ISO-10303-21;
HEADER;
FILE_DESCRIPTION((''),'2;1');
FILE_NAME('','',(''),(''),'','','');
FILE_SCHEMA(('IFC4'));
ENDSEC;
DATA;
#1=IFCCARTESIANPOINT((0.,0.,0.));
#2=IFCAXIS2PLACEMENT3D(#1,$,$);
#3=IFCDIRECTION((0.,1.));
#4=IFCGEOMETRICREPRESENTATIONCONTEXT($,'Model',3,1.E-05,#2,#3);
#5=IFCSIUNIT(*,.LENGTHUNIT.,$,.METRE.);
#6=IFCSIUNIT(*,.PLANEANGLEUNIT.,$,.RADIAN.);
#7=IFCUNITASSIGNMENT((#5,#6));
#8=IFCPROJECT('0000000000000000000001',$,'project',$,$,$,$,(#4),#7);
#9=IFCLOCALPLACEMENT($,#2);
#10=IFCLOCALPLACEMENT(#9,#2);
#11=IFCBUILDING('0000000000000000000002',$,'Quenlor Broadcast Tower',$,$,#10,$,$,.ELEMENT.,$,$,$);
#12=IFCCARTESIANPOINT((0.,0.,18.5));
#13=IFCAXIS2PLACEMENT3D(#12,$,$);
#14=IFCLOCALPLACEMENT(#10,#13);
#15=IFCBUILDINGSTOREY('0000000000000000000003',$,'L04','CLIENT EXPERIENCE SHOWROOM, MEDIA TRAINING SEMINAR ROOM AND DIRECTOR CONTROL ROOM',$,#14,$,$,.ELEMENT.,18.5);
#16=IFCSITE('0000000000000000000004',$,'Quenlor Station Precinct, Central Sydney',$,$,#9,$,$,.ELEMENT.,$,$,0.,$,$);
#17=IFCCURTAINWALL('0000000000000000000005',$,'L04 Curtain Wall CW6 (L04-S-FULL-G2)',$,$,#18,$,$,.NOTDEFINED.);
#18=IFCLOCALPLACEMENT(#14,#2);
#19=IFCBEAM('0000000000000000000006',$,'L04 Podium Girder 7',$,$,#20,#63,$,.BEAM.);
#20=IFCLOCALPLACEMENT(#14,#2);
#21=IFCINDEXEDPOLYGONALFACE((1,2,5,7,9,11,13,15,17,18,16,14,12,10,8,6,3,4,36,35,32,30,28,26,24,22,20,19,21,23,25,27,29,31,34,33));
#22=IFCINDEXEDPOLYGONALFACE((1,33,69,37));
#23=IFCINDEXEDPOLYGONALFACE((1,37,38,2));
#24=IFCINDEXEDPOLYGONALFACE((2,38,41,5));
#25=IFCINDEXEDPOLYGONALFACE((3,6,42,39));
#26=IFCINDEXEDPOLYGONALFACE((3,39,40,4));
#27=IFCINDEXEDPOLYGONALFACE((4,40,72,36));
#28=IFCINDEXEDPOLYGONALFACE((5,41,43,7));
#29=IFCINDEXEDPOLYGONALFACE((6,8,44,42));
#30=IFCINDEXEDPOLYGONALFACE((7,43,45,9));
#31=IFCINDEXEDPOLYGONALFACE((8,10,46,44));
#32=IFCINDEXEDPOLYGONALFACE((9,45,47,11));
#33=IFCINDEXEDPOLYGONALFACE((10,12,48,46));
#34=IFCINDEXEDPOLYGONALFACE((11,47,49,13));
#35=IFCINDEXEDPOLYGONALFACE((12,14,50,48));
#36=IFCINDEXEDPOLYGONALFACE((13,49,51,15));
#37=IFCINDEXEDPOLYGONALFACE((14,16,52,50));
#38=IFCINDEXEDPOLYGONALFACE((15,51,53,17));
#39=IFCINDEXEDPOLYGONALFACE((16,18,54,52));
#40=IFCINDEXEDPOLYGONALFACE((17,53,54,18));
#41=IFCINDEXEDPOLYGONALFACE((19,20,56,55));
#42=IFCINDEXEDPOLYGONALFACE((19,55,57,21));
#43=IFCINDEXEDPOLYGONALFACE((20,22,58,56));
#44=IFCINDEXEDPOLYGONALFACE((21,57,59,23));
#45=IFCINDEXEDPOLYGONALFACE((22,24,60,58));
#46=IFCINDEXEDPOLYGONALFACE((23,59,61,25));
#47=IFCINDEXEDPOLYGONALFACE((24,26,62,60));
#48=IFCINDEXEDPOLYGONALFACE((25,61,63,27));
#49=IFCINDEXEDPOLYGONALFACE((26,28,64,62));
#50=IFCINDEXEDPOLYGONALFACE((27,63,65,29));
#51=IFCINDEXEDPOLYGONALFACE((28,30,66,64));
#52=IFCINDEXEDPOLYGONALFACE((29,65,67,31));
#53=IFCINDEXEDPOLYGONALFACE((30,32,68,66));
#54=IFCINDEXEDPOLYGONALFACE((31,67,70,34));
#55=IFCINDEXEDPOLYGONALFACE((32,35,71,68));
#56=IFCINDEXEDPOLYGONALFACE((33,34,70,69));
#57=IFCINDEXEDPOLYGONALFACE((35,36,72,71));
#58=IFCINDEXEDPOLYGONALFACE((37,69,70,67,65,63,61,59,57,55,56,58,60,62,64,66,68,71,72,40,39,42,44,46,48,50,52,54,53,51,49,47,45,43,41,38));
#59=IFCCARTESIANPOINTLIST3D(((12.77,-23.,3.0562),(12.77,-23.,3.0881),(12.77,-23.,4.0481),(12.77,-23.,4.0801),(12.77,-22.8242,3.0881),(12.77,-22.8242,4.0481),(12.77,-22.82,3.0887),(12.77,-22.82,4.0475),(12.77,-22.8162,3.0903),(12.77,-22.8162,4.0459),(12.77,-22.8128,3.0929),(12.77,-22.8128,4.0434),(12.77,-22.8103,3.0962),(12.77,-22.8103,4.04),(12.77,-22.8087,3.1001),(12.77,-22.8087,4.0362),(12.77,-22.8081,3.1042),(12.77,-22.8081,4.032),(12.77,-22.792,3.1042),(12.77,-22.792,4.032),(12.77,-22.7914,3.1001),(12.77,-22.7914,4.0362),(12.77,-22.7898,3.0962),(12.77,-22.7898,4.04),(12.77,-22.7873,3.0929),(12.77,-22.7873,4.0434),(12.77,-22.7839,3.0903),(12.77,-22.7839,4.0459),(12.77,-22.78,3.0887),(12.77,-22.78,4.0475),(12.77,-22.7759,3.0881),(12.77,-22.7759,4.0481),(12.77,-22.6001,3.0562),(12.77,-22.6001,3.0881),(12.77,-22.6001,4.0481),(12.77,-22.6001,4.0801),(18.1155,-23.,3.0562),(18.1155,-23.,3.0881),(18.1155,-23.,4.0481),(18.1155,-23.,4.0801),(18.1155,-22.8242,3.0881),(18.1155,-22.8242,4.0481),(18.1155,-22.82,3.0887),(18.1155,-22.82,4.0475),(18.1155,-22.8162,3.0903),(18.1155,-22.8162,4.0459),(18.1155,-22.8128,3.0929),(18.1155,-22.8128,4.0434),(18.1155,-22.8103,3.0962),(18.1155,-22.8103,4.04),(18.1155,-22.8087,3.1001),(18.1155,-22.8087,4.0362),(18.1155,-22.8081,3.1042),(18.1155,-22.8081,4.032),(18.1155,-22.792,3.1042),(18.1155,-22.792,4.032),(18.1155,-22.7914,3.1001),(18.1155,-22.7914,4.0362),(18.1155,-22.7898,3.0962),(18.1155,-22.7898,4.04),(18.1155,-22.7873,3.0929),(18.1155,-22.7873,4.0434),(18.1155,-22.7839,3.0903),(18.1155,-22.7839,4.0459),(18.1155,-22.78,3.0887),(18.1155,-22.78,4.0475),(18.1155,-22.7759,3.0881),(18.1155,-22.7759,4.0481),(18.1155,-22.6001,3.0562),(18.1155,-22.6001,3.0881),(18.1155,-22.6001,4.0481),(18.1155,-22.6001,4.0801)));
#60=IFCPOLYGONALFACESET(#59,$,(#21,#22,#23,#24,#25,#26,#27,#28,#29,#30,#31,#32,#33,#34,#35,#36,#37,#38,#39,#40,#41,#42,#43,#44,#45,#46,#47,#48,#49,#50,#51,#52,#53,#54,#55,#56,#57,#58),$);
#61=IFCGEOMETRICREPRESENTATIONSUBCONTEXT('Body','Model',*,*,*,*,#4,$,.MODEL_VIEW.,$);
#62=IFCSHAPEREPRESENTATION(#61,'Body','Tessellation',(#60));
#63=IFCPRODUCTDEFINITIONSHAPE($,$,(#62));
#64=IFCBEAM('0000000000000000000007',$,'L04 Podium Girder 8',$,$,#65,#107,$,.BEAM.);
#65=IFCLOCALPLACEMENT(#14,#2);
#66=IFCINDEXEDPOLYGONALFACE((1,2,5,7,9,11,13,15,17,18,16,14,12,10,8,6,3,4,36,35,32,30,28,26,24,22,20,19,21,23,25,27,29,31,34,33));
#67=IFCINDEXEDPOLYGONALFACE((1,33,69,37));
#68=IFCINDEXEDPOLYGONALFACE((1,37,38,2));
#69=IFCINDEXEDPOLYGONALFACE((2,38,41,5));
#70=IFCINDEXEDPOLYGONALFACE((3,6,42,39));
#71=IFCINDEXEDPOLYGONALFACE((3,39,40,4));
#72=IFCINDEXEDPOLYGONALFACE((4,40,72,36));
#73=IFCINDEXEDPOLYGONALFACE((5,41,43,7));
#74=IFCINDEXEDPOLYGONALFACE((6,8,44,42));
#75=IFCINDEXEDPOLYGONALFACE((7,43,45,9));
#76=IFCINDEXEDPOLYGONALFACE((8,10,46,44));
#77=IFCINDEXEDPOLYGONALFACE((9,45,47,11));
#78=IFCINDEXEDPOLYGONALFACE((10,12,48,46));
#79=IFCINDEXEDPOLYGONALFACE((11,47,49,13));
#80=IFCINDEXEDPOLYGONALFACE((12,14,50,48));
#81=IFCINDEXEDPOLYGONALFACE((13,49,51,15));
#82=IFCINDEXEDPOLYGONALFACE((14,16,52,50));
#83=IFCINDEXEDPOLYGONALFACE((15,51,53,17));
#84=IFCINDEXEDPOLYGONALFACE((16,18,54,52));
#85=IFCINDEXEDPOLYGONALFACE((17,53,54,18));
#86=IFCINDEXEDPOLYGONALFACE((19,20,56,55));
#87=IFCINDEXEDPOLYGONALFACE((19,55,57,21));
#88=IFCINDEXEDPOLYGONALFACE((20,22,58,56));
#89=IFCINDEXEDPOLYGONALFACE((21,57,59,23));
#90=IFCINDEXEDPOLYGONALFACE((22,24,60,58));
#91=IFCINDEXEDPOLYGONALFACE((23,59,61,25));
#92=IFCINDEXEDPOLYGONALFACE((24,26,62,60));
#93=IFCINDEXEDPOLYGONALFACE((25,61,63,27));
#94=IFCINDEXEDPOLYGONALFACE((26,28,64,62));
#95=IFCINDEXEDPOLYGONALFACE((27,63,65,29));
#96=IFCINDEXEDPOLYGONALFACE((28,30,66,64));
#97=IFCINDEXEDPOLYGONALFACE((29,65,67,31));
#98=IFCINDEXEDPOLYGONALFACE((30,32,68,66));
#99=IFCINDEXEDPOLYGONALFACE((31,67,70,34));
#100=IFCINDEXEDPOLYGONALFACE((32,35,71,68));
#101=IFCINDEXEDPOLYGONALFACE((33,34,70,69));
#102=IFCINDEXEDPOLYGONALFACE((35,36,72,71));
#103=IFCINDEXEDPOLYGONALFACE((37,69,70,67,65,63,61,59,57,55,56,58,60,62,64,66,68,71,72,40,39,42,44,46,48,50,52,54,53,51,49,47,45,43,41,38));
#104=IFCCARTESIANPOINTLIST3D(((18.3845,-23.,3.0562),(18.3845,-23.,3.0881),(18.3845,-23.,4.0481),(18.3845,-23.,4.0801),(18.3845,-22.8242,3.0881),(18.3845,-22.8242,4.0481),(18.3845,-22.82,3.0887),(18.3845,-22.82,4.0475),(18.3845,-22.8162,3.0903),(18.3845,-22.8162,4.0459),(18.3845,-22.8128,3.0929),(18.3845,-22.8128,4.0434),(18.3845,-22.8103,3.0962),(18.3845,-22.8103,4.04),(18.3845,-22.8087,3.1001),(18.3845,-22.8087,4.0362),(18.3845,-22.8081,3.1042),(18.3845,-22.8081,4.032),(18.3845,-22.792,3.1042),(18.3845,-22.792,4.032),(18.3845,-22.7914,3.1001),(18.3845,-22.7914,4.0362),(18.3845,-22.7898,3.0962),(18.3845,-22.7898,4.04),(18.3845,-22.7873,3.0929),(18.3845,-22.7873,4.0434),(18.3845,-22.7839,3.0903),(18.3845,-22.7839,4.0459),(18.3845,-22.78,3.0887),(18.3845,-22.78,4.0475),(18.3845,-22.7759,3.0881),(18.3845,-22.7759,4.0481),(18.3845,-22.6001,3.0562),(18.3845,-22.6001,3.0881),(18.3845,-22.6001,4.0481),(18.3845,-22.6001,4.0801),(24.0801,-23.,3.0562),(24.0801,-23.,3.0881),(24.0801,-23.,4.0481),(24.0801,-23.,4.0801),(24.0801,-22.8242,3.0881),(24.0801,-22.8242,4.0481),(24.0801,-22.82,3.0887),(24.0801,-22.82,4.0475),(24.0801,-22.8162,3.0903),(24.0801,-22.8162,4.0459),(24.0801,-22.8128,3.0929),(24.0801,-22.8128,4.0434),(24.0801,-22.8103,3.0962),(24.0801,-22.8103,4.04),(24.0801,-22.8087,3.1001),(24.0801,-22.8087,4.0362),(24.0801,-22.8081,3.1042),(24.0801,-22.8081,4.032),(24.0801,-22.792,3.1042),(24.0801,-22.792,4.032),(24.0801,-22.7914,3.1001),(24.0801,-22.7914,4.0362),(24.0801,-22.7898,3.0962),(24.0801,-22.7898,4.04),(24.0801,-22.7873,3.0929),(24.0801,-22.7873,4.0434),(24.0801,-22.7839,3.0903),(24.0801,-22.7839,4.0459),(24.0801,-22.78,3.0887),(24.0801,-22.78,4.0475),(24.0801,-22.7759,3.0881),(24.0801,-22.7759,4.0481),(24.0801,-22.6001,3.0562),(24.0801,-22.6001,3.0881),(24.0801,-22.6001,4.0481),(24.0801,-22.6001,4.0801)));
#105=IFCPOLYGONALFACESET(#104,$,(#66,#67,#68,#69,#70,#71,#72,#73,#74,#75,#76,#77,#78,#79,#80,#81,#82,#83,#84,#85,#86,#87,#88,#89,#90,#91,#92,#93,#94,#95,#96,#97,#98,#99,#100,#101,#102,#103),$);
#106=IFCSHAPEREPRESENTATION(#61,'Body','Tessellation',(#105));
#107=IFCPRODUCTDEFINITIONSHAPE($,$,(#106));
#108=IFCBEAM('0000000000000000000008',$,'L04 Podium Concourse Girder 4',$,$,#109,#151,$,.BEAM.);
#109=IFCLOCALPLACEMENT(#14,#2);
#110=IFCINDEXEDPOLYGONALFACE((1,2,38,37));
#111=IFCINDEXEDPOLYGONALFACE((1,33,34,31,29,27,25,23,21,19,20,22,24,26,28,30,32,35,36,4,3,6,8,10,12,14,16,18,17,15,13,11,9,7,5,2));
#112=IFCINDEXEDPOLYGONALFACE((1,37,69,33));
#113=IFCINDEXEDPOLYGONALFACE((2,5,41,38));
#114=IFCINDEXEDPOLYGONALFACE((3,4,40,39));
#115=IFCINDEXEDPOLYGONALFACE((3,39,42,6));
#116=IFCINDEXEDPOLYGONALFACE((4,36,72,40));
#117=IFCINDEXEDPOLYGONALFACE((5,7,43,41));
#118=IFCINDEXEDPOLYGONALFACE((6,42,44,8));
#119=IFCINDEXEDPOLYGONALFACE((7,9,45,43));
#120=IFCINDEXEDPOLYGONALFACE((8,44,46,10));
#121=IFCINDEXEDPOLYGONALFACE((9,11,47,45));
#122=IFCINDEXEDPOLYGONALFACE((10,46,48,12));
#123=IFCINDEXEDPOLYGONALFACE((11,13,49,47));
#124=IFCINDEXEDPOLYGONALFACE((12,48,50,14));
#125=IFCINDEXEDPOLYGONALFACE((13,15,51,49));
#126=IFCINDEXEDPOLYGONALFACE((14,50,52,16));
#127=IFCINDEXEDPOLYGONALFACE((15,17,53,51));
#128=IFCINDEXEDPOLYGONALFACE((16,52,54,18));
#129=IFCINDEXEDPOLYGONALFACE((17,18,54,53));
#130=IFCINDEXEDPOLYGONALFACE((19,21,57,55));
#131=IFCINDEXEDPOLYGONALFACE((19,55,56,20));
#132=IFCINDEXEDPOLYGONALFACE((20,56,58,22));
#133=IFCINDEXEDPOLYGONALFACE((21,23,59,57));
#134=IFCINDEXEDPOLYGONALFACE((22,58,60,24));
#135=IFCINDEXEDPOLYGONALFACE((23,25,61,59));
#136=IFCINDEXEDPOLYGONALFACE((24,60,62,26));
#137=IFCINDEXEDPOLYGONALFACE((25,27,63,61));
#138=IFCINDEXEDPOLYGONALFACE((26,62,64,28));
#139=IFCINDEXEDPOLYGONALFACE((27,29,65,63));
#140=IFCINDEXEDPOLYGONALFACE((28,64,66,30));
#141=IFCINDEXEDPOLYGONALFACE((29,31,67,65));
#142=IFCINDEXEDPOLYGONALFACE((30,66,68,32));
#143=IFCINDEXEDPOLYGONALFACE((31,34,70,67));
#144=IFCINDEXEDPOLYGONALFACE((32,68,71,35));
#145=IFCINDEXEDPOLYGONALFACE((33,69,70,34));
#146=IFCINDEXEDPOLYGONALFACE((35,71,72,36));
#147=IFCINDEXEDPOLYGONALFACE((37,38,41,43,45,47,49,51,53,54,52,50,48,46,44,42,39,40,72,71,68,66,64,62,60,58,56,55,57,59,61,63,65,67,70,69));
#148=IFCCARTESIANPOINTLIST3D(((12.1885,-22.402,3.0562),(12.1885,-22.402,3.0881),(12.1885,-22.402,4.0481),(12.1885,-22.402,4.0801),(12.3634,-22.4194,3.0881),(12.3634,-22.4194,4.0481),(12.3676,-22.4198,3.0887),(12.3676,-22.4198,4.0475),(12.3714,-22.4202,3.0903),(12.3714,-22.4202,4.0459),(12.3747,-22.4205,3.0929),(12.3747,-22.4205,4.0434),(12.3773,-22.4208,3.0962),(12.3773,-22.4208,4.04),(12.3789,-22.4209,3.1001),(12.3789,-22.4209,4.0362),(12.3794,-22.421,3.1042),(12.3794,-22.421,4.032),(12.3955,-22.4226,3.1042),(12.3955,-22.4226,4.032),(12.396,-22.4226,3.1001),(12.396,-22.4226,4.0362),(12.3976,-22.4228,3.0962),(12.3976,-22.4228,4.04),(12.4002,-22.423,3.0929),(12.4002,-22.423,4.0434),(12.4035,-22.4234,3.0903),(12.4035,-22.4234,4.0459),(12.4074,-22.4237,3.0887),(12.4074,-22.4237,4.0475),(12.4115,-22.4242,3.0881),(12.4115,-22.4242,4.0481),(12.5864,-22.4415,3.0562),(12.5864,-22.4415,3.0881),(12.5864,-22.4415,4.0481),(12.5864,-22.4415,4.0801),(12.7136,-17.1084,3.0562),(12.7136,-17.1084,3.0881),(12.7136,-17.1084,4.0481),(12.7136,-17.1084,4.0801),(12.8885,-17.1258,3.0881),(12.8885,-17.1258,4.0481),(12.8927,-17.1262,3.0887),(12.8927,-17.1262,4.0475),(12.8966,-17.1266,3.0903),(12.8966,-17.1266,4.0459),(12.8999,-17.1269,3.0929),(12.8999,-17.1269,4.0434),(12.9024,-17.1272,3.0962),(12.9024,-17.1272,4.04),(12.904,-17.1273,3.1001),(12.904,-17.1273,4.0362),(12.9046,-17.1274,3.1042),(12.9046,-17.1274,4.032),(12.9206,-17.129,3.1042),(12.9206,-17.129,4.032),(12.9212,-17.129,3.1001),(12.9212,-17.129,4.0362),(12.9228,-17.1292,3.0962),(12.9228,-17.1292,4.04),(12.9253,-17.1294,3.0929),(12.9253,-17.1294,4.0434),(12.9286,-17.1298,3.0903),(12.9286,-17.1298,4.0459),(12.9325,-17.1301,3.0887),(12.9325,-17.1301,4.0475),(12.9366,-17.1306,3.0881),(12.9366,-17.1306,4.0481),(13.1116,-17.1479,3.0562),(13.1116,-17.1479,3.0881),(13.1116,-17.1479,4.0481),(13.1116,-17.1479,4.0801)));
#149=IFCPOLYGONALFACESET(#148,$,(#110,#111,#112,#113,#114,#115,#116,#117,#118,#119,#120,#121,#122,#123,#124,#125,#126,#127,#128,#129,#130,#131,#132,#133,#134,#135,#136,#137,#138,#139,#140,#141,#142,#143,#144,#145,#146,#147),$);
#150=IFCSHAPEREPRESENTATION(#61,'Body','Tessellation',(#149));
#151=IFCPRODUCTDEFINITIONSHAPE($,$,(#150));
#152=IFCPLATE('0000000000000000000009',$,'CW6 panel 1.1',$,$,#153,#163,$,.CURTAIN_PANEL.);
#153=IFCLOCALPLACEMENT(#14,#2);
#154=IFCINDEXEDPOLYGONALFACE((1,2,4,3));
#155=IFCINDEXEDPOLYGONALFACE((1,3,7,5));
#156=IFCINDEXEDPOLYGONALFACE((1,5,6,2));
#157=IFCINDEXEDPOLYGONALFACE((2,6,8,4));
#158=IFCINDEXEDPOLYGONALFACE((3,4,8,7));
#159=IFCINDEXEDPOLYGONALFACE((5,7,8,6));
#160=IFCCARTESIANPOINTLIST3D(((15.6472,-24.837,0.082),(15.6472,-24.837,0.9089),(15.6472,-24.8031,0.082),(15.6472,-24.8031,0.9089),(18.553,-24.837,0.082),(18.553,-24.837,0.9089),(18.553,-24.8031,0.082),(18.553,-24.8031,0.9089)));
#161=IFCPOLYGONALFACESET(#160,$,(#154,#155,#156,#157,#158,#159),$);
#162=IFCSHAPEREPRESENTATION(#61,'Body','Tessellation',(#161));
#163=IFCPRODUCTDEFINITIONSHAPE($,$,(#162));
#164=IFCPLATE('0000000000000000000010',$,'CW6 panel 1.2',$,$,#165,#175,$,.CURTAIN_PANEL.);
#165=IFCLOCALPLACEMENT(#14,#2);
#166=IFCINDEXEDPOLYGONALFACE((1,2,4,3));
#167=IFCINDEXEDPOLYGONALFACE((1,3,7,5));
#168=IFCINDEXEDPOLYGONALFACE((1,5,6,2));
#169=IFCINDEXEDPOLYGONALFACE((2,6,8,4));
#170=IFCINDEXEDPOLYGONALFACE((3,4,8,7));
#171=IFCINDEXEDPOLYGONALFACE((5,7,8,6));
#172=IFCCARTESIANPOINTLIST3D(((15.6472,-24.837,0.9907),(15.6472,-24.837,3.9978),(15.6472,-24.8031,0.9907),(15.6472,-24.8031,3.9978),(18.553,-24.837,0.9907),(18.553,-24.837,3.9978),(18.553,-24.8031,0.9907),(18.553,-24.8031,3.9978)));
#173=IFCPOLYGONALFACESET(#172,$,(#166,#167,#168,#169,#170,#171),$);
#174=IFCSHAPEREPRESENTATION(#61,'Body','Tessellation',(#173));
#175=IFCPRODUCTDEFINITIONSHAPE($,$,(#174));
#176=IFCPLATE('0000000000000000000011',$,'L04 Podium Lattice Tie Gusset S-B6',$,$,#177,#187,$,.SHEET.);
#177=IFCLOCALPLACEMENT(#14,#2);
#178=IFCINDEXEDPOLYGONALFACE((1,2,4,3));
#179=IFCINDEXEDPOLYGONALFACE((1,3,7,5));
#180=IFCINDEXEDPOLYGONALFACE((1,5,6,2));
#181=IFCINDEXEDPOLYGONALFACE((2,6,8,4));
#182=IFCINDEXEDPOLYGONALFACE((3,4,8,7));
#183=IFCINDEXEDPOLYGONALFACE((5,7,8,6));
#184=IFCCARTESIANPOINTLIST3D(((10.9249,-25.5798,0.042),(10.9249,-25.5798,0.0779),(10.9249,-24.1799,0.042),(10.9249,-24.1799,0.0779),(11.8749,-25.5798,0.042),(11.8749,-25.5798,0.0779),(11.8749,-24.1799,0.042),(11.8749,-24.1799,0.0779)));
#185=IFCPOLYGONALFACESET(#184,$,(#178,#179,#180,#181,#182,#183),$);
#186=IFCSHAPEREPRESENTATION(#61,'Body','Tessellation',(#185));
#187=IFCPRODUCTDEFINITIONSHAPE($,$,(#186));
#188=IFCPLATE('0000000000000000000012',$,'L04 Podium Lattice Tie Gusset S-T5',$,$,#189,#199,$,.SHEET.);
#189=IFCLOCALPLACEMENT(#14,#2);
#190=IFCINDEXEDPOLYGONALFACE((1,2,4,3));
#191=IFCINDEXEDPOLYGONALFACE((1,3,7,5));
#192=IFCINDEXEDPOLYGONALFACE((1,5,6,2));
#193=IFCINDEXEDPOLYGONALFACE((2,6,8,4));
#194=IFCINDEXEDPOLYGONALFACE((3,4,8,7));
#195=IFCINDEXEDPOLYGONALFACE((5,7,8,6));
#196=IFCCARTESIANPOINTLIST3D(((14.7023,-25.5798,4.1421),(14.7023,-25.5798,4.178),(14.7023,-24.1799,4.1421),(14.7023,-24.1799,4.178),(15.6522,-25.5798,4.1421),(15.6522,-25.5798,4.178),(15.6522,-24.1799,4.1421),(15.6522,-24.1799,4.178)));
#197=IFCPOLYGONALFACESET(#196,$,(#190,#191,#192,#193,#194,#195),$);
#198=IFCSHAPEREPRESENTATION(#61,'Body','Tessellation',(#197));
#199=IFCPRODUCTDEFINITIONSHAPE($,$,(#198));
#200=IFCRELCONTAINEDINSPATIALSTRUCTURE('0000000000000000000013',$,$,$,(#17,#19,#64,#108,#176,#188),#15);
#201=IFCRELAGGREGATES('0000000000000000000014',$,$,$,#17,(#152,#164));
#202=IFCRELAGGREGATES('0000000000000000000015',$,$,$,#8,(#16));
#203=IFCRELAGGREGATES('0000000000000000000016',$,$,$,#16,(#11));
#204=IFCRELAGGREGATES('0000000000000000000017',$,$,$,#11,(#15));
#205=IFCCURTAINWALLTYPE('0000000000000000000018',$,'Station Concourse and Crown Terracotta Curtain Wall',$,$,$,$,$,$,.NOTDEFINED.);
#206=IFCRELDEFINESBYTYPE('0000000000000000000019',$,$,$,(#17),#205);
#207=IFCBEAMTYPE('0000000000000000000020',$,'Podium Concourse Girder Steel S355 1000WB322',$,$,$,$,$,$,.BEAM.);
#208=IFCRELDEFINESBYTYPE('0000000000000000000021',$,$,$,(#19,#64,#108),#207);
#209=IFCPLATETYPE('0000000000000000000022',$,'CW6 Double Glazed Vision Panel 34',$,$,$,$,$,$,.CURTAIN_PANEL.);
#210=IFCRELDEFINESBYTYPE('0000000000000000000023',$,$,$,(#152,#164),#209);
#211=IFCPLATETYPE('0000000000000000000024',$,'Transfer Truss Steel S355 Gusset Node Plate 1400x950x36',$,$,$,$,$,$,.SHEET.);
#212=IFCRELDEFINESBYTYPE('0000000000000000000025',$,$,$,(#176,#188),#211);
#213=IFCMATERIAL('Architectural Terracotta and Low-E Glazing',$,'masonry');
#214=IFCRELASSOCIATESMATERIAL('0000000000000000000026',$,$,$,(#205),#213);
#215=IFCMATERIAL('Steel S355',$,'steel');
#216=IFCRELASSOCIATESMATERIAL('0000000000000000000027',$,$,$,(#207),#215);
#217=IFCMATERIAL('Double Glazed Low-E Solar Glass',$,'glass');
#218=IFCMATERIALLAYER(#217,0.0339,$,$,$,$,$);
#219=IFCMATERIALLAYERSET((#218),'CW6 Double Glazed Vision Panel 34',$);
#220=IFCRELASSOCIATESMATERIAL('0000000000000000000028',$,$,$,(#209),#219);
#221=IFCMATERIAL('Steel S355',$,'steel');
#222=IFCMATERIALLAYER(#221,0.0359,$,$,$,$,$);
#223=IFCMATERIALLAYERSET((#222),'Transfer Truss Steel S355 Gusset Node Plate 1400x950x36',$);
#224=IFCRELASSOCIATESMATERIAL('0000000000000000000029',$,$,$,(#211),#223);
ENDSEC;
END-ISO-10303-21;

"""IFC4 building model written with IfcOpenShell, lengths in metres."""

from ifc_helpers import new_model, si_unit, direction, frame, origin, origin_2d, place, context, subcontext, project, spatial, rectangle, i_section, extrude, material, layer, layer_set, material_profile, profile_set, type_object, element, aggregate, save


model = new_model("IFC4")

# Units and contexts
model_context = context("Model", 3, precision=1e-05, world=origin(), true_north=direction((0.0, 1.0)))
body_context = subcontext(model_context, "Body", "Model", "MODEL_VIEW")
ifc_project = project(units=[si_unit("LENGTHUNIT", "METRE"), si_unit("PLANEANGLEUNIT", "RADIAN")], contexts=[model_context])

# Site, building, storey
site_placement = place(None, origin())
site = spatial("IfcSite", under=ifc_project, at=site_placement, Name="Quenlor Station Precinct, Central Sydney", CompositionType="ELEMENT", RefElevation=0.0)
building_placement = place(site_placement, origin())
building = spatial("IfcBuilding", under=site, at=building_placement, Name="Quenlor Broadcast Tower", CompositionType="ELEMENT")
storey_placement = place(building_placement, frame((0.0, 0.0, 18.5)))
storey = spatial("IfcBuildingStorey", under=building, at=storey_placement, Name="L04", Description="CLIENT EXPERIENCE SHOWROOM, MEDIA TRAINING SEMINAR ROOM AND DIRECTOR CONTROL ROOM", CompositionType="ELEMENT", Elevation=18.5)

# Curtain wall
ifc_material_1 = material(Name="Architectural Terracotta and Low-E Glazing", Category="masonry")
curtain_wall_type = type_object("IfcCurtainWallType", Name="Station Concourse and Crown Terracotta Curtain Wall", PredefinedType="NOTDEFINED", material=ifc_material_1)
curtain_wall_placement = place(storey_placement, origin())
curtain_wall = element("IfcCurtainWall", 1, at=curtain_wall_placement, inside=storey, type_object=curtain_wall_type, Name="L04 Curtain Wall CW6 (L04-S-FULL-G2)", PredefinedType="NOTDEFINED")

# Beams
ifc_material_2 = material(Name="Steel S355", Category="steel")
ifc_material_profile_1 = material_profile(ifc_material_2, i_section(OverallWidth=0.3999, OverallDepth=1.0239, WebThickness=0.0161, FlangeThickness=0.032, FilletRadius=0.0161, at=origin_2d()))
ifc_profile_set_1 = profile_set([ifc_material_profile_1], Name="Steel S355 1000WB322")
beam_type = type_object("IfcBeamType", Name="Podium Concourse Girder Steel S355 1000WB322", PredefinedType="BEAM", material=ifc_profile_set_1)
beam_1_placement = place(storey_placement, frame((12.77, -22.8, 3.5681), z_axis=(1.0, 0.0, 0.0), x_axis=(0.0, 1.0, 0.0)))
element("IfcBeam", 2, at=beam_1_placement, inside=storey, type_object=beam_type, Name="L04 Podium Girder 7", PredefinedType="BEAM", context=body_context, shape_type="SweptSolid", body=[
    extrude(i_section(OverallWidth=0.3999, OverallDepth=1.0239, WebThickness=0.0161, FlangeThickness=0.032, FilletRadius=0.0161, at=origin_2d()), origin(), (0.0, 0.0, 1.0), 5.3455),
])
beam_2_placement = place(storey_placement, frame((18.3845, -22.8, 3.5681), z_axis=(1.0, 0.0, 0.0), x_axis=(0.0, 1.0, 0.0)))
element("IfcBeam", 3, at=beam_2_placement, inside=storey, type_object=beam_type, Name="L04 Podium Girder 8", PredefinedType="BEAM", context=body_context, shape_type="SweptSolid", body=[
    extrude(i_section(OverallWidth=0.3999, OverallDepth=1.0239, WebThickness=0.0161, FlangeThickness=0.032, FilletRadius=0.0161, at=origin_2d()), origin(), (0.0, 0.0, 1.0), 5.6956),
])
beam_3_placement = place(storey_placement, frame((12.9126, -17.1282, 3.5681), z_axis=(-0.098718, -0.995115, 0.0), x_axis=(0.995115, -0.098718, 0.0)))
element("IfcBeam", 4, at=beam_3_placement, inside=storey, type_object=beam_type, Name="L04 Podium Concourse Girder 4", PredefinedType="BEAM", context=body_context, shape_type="SweptSolid", body=[
    extrude(i_section(OverallWidth=0.3999, OverallDepth=1.0239, WebThickness=0.0161, FlangeThickness=0.032, FilletRadius=0.0161, at=origin_2d()), origin(), (0.0, 0.0, 1.0), 5.3196),
])

# Plates
ifc_material_3 = material(Name="Double Glazed Low-E Solar Glass", Category="glass")
ifc_layer_1 = layer(ifc_material_3, 0.0339)
ifc_layer_set_1 = layer_set([ifc_layer_1], Name="CW6 Double Glazed Vision Panel 34")
plate_type_1 = type_object("IfcPlateType", Name="CW6 Double Glazed Vision Panel 34", PredefinedType="CURTAIN_PANEL", material=ifc_layer_set_1)
plate_1_placement = place(storey_placement, frame((17.1001, -24.8201, 0.082), z_axis=(0.0, 0.0, 1.0), x_axis=(-1.0, 0.0, 0.0)))
plate_1 = element("IfcPlate", 5, at=plate_1_placement, type_object=plate_type_1, Name="CW6 panel 1.1", PredefinedType="CURTAIN_PANEL", context=body_context, shape_type="SweptSolid", body=[
    extrude(rectangle(XDim=2.9058, YDim=0.0339, at=origin_2d()), origin(), (0.0, 0.0, 1.0), 0.8269),
])
plate_2_placement = place(storey_placement, frame((17.1001, -24.8201, 0.9907), z_axis=(0.0, 0.0, 1.0), x_axis=(-1.0, 0.0, 0.0)))
plate_2 = element("IfcPlate", 6, at=plate_2_placement, type_object=plate_type_1, Name="CW6 panel 1.2", PredefinedType="CURTAIN_PANEL", context=body_context, shape_type="SweptSolid", body=[
    extrude(rectangle(XDim=2.9058, YDim=0.0339, at=origin_2d()), origin(), (0.0, 0.0, 1.0), 3.0071),
])
aggregate(curtain_wall, [plate_1, plate_2])

# Plates
ifc_material_4 = material(Name="Steel S355", Category="steel")
ifc_layer_2 = layer(ifc_material_4, 0.0359)
ifc_layer_set_2 = layer_set([ifc_layer_2], Name="Transfer Truss Steel S355 Gusset Node Plate 1400x950x36")
plate_type_2 = type_object("IfcPlateType", Name="Transfer Truss Steel S355 Gusset Node Plate 1400x950x36", PredefinedType="SHEET", material=ifc_layer_set_2)
for number, where, z_axis, x_axis, name in (
    (7, (11.3999, -24.8799, 0.042), (0.0, 0.0, 1.0), (0.0, -1.0, 0.0), "L04 Podium Lattice Tie Gusset S-B6"),
    (8, (15.1772, -24.8799, 4.1421), (0.0, 0.0, 1.0), (0.0, -1.0, 0.0), "L04 Podium Lattice Tie Gusset S-T5"),
):
    element("IfcPlate", number, at=place(storey_placement, frame(where, z_axis=z_axis, x_axis=x_axis)), inside=storey, type_object=plate_type_2, Name=name, PredefinedType="SHEET", context=body_context, shape_type="SweptSolid", body=[
        extrude(rectangle(XDim=1.3999, YDim=0.95, at=origin_2d()), origin(), (0.0, 0.0, 1.0), 0.0359),
    ])

save(model, "model.ifc")
